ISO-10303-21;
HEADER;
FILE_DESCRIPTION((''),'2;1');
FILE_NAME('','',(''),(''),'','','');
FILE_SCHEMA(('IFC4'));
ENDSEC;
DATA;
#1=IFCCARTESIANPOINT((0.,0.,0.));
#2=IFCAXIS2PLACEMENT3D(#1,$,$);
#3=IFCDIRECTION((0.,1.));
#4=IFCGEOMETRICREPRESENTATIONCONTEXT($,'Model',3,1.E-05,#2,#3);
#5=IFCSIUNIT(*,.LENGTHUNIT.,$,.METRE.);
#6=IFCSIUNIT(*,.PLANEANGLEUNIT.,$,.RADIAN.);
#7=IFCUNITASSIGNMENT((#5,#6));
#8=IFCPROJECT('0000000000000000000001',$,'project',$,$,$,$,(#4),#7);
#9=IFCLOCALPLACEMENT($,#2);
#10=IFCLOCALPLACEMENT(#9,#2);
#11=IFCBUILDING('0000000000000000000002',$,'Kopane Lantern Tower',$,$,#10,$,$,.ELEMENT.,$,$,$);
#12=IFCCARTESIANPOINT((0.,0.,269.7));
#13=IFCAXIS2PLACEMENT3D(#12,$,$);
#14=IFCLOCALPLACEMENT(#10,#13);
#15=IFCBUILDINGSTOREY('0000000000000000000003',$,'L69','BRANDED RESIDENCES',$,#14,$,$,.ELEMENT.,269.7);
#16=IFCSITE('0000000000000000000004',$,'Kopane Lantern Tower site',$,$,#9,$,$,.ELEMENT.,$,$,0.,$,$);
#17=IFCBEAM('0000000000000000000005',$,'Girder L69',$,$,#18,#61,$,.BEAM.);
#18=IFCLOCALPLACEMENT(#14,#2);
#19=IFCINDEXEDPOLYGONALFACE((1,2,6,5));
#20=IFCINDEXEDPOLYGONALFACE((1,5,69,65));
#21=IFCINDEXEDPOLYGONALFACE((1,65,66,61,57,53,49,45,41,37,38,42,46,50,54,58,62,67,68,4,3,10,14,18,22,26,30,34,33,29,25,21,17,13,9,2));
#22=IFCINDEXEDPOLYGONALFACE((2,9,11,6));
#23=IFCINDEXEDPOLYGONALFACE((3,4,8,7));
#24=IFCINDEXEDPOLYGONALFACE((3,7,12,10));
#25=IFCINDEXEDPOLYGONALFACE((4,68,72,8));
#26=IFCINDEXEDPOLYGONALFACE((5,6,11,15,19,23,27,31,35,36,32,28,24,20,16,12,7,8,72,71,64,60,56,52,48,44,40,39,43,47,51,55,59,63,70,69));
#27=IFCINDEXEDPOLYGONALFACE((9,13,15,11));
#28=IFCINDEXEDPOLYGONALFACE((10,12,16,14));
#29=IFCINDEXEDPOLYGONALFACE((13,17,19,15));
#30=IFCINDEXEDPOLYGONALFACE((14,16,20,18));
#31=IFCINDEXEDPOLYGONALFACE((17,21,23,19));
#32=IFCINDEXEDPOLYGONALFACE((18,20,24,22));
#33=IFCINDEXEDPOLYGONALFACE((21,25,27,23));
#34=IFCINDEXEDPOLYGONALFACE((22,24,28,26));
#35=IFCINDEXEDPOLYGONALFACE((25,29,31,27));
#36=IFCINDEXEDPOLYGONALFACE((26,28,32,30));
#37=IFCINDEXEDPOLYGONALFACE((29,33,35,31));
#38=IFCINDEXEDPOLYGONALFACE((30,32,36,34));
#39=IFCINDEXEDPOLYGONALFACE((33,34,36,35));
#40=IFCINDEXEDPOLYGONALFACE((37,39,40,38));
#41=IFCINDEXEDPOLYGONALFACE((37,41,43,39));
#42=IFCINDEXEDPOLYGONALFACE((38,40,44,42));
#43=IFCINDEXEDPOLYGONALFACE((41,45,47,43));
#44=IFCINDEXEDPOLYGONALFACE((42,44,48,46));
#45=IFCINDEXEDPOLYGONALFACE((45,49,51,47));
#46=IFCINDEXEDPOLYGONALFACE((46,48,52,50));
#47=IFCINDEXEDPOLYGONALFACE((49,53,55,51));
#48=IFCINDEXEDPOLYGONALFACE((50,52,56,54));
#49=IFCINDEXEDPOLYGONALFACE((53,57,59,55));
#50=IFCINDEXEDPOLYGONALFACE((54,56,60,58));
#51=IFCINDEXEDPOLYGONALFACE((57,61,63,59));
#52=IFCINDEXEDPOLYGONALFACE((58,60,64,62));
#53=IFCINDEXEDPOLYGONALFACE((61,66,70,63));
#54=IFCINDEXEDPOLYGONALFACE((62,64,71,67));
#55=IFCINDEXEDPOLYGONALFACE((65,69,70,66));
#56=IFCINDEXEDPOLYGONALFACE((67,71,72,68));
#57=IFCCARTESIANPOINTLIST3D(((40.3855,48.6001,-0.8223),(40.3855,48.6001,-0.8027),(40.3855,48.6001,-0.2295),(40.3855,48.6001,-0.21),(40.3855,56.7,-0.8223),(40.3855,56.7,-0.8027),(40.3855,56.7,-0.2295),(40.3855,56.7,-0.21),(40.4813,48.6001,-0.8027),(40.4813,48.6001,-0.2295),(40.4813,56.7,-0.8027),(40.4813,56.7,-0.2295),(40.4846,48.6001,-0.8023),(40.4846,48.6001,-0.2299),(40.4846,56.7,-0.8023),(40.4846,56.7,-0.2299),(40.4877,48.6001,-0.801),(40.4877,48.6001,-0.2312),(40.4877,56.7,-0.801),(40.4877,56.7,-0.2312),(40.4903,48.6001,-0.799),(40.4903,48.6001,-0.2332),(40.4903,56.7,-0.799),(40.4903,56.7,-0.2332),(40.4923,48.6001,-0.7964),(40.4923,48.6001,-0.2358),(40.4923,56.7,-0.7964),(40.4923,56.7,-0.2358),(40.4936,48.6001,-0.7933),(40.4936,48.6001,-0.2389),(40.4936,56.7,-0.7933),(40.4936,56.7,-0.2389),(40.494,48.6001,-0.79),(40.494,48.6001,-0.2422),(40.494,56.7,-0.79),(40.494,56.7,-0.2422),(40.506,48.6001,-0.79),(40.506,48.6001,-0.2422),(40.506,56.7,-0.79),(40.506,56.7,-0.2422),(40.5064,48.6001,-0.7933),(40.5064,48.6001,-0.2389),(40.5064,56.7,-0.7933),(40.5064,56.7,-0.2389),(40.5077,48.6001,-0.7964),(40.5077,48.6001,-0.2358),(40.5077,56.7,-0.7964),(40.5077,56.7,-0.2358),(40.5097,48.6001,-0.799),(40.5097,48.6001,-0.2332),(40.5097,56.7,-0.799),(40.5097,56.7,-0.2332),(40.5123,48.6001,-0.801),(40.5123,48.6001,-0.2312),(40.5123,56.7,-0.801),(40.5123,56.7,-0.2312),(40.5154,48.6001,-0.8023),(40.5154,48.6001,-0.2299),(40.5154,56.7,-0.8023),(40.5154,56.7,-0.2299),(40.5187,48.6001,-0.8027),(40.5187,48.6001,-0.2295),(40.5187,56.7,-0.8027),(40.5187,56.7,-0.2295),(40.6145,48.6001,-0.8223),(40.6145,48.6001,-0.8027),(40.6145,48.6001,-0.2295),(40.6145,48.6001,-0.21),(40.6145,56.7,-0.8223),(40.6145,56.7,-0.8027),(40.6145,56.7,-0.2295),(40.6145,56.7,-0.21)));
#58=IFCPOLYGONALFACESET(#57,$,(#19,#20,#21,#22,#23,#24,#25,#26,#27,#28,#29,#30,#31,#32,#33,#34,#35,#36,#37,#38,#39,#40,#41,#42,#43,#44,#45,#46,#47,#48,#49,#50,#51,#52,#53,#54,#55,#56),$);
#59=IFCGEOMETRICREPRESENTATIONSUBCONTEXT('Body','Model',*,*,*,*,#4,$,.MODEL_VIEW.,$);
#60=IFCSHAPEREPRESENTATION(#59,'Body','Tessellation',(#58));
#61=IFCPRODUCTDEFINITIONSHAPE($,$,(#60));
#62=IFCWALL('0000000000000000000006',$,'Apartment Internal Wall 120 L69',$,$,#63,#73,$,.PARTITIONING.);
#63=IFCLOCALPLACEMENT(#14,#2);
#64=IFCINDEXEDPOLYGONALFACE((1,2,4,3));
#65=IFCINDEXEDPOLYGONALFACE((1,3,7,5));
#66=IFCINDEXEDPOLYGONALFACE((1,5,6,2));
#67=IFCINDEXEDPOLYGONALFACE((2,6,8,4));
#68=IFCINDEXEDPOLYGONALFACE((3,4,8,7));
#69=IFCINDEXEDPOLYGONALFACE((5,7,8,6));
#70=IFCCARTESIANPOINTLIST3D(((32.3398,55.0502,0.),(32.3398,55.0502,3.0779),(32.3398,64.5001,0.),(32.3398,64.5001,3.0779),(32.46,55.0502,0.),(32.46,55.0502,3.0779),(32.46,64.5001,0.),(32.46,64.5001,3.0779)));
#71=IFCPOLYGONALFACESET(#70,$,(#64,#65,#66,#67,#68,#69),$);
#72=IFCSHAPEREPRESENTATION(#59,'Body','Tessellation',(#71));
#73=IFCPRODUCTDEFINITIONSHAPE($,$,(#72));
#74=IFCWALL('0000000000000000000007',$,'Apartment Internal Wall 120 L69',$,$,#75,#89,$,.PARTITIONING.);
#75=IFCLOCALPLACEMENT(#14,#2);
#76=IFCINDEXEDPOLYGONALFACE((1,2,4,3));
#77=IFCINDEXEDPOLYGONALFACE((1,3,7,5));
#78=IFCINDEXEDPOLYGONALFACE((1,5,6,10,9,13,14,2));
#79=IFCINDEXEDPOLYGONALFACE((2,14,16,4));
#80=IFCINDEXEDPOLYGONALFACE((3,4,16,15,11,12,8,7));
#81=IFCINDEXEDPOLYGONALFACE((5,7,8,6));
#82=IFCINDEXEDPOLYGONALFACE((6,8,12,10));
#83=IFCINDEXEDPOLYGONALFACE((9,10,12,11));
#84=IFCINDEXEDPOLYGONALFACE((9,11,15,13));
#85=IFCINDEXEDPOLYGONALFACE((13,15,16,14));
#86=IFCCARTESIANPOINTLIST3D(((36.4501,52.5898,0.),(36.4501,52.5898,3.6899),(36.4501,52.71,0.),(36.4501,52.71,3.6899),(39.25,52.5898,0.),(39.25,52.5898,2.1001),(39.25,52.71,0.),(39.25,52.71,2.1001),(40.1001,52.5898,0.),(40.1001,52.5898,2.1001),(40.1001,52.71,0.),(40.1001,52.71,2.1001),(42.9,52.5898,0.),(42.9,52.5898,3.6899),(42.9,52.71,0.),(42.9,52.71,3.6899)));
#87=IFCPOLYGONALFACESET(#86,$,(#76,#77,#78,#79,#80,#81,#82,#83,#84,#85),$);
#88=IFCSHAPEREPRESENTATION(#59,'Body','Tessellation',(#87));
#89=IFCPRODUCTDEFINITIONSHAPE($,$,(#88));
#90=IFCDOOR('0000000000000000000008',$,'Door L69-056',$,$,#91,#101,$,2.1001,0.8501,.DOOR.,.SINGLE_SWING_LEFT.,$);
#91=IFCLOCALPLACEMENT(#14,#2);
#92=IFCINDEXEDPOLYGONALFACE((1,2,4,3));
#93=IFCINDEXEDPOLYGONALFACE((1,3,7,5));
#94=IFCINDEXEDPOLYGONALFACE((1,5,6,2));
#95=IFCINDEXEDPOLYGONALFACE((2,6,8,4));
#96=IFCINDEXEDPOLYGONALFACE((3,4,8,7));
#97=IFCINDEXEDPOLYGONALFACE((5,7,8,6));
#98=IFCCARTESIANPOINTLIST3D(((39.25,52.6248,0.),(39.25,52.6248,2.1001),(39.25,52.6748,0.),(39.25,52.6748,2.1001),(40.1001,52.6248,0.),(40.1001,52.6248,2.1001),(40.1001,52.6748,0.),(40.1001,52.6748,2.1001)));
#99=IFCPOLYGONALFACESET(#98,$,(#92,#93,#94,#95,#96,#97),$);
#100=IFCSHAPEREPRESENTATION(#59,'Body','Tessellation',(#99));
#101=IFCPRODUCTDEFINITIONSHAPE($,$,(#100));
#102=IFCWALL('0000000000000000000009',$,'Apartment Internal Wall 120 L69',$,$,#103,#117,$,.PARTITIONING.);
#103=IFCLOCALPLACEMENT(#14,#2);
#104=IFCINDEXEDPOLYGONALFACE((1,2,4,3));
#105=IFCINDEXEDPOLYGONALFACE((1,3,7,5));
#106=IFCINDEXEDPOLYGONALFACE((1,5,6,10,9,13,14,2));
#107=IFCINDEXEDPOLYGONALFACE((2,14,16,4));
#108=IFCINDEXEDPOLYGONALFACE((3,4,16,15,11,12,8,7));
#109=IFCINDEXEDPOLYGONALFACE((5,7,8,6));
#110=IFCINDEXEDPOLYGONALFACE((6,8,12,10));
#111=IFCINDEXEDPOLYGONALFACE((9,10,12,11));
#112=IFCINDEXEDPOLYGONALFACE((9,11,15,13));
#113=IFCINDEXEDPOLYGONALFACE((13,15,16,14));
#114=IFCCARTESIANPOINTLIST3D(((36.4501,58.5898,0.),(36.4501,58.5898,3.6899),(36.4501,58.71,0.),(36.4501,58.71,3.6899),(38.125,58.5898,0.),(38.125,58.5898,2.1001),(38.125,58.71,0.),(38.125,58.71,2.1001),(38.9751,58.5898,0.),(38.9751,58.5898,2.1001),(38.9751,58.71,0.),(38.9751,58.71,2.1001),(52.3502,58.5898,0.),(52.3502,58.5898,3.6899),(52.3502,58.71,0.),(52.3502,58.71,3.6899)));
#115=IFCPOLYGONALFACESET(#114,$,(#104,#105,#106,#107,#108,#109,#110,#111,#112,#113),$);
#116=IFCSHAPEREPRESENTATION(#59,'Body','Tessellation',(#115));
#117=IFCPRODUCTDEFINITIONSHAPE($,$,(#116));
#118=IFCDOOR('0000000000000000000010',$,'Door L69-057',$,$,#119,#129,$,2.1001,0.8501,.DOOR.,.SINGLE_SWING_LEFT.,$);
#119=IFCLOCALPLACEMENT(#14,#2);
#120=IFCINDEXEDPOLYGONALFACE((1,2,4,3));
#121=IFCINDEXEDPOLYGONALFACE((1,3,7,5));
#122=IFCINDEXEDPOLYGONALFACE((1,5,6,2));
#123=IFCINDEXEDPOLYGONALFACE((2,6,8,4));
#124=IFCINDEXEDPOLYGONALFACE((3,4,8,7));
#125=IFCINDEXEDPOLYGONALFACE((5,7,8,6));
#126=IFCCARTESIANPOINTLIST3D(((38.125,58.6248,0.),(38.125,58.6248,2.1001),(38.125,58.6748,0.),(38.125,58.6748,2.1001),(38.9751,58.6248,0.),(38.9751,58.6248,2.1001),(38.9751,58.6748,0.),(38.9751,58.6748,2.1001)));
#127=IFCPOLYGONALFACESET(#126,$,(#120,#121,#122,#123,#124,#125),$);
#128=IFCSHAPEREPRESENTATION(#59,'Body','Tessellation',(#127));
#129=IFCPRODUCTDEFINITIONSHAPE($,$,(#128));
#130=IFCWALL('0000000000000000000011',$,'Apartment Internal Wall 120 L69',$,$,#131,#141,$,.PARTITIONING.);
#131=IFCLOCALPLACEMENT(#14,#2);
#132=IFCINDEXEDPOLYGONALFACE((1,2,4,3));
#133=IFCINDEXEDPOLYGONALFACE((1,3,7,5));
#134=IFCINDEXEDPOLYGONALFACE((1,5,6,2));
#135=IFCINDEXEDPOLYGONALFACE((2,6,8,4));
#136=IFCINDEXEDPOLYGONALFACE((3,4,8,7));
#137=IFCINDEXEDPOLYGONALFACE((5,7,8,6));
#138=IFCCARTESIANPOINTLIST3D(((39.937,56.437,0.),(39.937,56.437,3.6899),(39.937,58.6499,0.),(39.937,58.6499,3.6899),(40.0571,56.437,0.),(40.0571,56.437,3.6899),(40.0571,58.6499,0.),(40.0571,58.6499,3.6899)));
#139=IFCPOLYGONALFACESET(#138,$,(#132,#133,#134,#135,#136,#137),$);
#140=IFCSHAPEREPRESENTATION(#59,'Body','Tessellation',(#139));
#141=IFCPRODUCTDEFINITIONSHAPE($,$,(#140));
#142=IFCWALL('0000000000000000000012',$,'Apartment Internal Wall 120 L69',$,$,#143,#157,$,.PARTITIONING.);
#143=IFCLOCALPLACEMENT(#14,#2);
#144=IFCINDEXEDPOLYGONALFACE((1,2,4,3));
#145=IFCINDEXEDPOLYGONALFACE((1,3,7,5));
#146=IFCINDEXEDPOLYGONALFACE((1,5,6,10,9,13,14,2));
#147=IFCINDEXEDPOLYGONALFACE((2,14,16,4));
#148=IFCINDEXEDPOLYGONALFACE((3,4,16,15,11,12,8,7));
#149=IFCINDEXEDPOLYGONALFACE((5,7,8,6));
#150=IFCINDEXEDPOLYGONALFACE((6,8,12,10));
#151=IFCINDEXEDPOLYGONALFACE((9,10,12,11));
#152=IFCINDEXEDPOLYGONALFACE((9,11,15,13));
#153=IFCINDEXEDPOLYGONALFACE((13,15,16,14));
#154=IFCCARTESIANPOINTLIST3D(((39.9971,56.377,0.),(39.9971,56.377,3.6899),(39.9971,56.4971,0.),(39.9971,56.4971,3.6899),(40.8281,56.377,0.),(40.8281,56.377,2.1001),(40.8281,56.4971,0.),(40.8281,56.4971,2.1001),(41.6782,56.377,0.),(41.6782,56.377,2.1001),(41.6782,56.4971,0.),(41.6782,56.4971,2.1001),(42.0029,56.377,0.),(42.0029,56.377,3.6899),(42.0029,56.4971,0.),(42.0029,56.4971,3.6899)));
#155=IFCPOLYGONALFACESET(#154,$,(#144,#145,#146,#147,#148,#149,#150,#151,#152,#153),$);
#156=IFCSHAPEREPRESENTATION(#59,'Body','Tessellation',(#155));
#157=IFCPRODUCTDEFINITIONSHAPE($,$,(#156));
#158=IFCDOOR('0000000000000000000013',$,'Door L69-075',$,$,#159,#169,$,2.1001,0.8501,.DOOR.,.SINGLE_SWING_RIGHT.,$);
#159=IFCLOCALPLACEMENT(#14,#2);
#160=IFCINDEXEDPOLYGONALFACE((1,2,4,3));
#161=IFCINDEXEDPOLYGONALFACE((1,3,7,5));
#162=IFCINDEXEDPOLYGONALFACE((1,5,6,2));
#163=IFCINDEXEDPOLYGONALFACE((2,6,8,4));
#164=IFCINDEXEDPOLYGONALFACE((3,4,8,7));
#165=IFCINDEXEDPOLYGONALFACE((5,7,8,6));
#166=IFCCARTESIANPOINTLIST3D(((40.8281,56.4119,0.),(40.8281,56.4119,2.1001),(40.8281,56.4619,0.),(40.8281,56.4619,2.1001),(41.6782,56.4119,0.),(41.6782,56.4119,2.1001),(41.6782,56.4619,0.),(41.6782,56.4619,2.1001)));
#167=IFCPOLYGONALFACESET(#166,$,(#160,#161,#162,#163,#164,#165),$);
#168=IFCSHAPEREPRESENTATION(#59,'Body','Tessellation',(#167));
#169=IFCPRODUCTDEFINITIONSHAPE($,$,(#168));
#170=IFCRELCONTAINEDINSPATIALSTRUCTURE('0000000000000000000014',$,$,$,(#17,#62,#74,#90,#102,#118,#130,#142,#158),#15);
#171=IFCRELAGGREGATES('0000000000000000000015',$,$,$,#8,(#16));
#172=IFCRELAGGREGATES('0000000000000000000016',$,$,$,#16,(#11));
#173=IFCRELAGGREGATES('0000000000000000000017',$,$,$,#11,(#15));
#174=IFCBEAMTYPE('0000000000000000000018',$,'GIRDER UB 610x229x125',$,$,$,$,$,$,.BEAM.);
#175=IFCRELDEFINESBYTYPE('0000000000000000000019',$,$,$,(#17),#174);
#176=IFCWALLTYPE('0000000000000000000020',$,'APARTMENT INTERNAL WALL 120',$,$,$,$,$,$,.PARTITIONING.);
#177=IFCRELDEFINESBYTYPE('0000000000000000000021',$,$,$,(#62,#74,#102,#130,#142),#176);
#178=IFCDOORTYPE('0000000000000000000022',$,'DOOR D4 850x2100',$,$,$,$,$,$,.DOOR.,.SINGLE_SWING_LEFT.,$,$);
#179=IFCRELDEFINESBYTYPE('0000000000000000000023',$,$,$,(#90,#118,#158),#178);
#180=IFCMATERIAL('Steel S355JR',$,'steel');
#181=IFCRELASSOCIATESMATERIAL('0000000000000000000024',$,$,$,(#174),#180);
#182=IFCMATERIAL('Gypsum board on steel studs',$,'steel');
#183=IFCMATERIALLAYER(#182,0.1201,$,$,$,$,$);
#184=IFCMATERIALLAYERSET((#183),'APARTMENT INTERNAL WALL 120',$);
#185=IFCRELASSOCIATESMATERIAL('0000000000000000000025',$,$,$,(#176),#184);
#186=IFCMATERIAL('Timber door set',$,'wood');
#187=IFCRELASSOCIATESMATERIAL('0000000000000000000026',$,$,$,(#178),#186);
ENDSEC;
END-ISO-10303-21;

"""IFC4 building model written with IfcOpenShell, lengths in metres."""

from ifc_helpers import new_model, si_unit, direction, frame, frame_2d, origin, origin_2d, place, context, subcontext, project, spatial, rectangle, i_section, extrude, material, layer, layer_set, material_profile, profile_set, type_object, element, fill, save


model = new_model("IFC4")

# Units and contexts
model_context = context("Model", 3, precision=1e-05, world=origin(), true_north=direction((0.0, 1.0)))
body_context = subcontext(model_context, "Body", "Model", "MODEL_VIEW")
ifc_project = project(units=[si_unit("LENGTHUNIT", "METRE"), si_unit("PLANEANGLEUNIT", "RADIAN")], contexts=[model_context])

# Site, building, storey
site_placement = place(None, origin())
site = spatial("IfcSite", under=ifc_project, at=site_placement, Name="Kopane Lantern Tower site", CompositionType="ELEMENT", RefElevation=0.0)
building_placement = place(site_placement, origin())
building = spatial("IfcBuilding", under=site, at=building_placement, Name="Kopane Lantern Tower", CompositionType="ELEMENT")
storey_placement = place(building_placement, frame((0.0, 0.0, 269.7)))
storey = spatial("IfcBuildingStorey", under=building, at=storey_placement, Name="L69", Description="BRANDED RESIDENCES", CompositionType="ELEMENT", Elevation=269.7)

# Beam
ifc_material_1 = material(Name="Steel S355JR", Category="steel")
ifc_material_profile_1 = material_profile(ifc_material_1, i_section(OverallWidth=0.229, OverallDepth=0.6123, WebThickness=0.012, FlangeThickness=0.0195, FilletRadius=0.0127, at=origin_2d()), Name="UB 610x229x125")
ifc_profile_set_1 = profile_set([ifc_material_profile_1], Name="Steel S355JR")
beam_type = type_object("IfcBeamType", Name="GIRDER UB 610x229x125", PredefinedType="BEAM", material=ifc_profile_set_1)
beam_1_placement = place(storey_placement, frame((40.5, 48.6001, -0.5161), z_axis=(0.0, 1.0, 0.0), x_axis=(-1.0, 0.0, 0.0)))
element("IfcBeam", 1, at=beam_1_placement, inside=storey, type_object=beam_type, Name="Girder L69", PredefinedType="BEAM", context=body_context, shape_type="SweptSolid", body=[
    extrude(i_section(OverallWidth=0.229, OverallDepth=0.6123, WebThickness=0.012, FlangeThickness=0.0195, FilletRadius=0.0127, at=origin_2d()), origin(), (0.0, 0.0, 1.0), 8.0999),
])

# Wall
ifc_material_2 = material(Name="Gypsum board on steel studs", Category="steel")
ifc_layer_1 = layer(ifc_material_2, 0.1201)
ifc_layer_set_1 = layer_set([ifc_layer_1], Name="APARTMENT INTERNAL WALL 120")
wall_type_1 = type_object("IfcWallType", Name="APARTMENT INTERNAL WALL 120", PredefinedType="PARTITIONING", material=ifc_layer_set_1)
wall_1_placement = place(storey_placement, frame((32.3999, 55.05, 0.0), z_axis=(0.0, 0.0, 1.0), x_axis=(0.0, 1.0, 0.0)))
element("IfcWall", 2, at=wall_1_placement, inside=storey, type_object=wall_type_1, Name="Apartment Internal Wall 120 L69", PredefinedType="PARTITIONING", context=body_context, shape_type="SweptSolid", body=[
    extrude(rectangle(XDim=9.45, YDim=0.1201, at=frame_2d((4.7251, 0.0))), origin(), (0.0, 0.0, 1.0), 3.0779),
])

# Walls, openings, doors
wall_2_placement = place(storey_placement, frame((36.45, 52.6499, 0.0), z_axis=(0.0, 0.0, 1.0), x_axis=(1.0, 0.0, 0.0)))
wall_2 = element("IfcWall", 3, at=wall_2_placement, inside=storey, type_object=wall_type_1, Name="Apartment Internal Wall 120 L69", PredefinedType="PARTITIONING", context=body_context, shape_type="SweptSolid", body=[
    extrude(rectangle(XDim=6.45, YDim=0.1201, at=frame_2d((3.2251, 0.0))), origin(), (0.0, 0.0, 1.0), 3.6899),
])
opening_1_placement = place(wall_2_placement, frame((2.8, 0.0, 0.0)))
opening_1 = element("IfcOpeningElement", 4, at=opening_1_placement, cuts=wall_2, PredefinedType="OPENING", context=body_context, shape_type="SweptSolid", body=[
    extrude(rectangle(XDim=0.8501, YDim=2.1001, at=frame_2d((0.425, 1.05))), frame((0.0, 0.0701, 0.0), z_axis=(0.0, -1.0, 0.0), x_axis=(1.0, 0.0, 0.0)), (0.0, 0.0, 1.0), 0.1401),
])
ifc_material_3 = material(Name="Timber door set", Category="wood")
door_type_1 = type_object("IfcDoorType", Name="DOOR D4 850x2100", OperationType="SINGLE_SWING_LEFT", PredefinedType="DOOR", material=ifc_material_3)
door_1_placement = place(opening_1_placement, origin())
door_1 = element("IfcDoor", 5, at=door_1_placement, inside=storey, type_object=door_type_1, Name="Door L69-056", OperationType="SINGLE_SWING_LEFT", OverallHeight=2.1001, OverallWidth=0.8501, PredefinedType="DOOR", context=body_context, shape_type="SweptSolid", body=[
    extrude(rectangle(XDim=0.8501, YDim=2.1001, at=frame_2d((0.425, 1.05))), frame((0.0, 0.0249, 0.0), z_axis=(0.0, -1.0, 0.0), x_axis=(1.0, 0.0, 0.0)), (0.0, 0.0, 1.0), 0.05),
])
fill(opening_1, door_1)
wall_3_placement = place(storey_placement, frame((36.45, 58.6499, 0.0), z_axis=(0.0, 0.0, 1.0), x_axis=(1.0, 0.0, 0.0)))
wall_3 = element("IfcWall", 6, at=wall_3_placement, inside=storey, type_object=wall_type_1, Name="Apartment Internal Wall 120 L69", PredefinedType="PARTITIONING", context=body_context, shape_type="SweptSolid", body=[
    extrude(rectangle(XDim=15.9001, YDim=0.1201, at=frame_2d((7.9502, 0.0))), origin(), (0.0, 0.0, 1.0), 3.6899),
])
opening_2_placement = place(wall_3_placement, frame((1.675, 0.0, 0.0)))
opening_2 = element("IfcOpeningElement", 7, at=opening_2_placement, cuts=wall_3, PredefinedType="OPENING", context=body_context, shape_type="SweptSolid", body=[
    extrude(rectangle(XDim=0.8501, YDim=2.1001, at=frame_2d((0.425, 1.05))), frame((0.0, 0.0701, 0.0), z_axis=(0.0, -1.0, 0.0), x_axis=(1.0, 0.0, 0.0)), (0.0, 0.0, 1.0), 0.1401),
])
door_2_placement = place(opening_2_placement, origin())
door_2 = element("IfcDoor", 8, at=door_2_placement, inside=storey, type_object=door_type_1, Name="Door L69-057", OperationType="SINGLE_SWING_LEFT", OverallHeight=2.1001, OverallWidth=0.8501, PredefinedType="DOOR", context=body_context, shape_type="SweptSolid", body=[
    extrude(rectangle(XDim=0.8501, YDim=2.1001, at=frame_2d((0.425, 1.05))), frame((0.0, 0.0249, 0.0), z_axis=(0.0, -1.0, 0.0), x_axis=(1.0, 0.0, 0.0)), (0.0, 0.0, 1.0), 0.05),
])
fill(opening_2, door_2)

# Wall
wall_4_placement = place(storey_placement, frame((39.9971, 58.6499, 0.0), z_axis=(0.0, 0.0, 1.0), x_axis=(0.0, -1.0, 0.0)))
element("IfcWall", 9, at=wall_4_placement, inside=storey, type_object=wall_type_1, Name="Apartment Internal Wall 120 L69", PredefinedType="PARTITIONING", context=body_context, shape_type="SweptSolid", body=[
    extrude(rectangle(XDim=2.2129, YDim=0.1201, at=frame_2d((1.1064, 0.0))), origin(), (0.0, 0.0, 1.0), 3.6899),
])

# Wall, opening, door
wall_5_placement = place(storey_placement, frame((39.9971, 56.437, 0.0), z_axis=(0.0, 0.0, 1.0), x_axis=(1.0, 0.0, 0.0)))
wall_5 = element("IfcWall", 10, at=wall_5_placement, inside=storey, type_object=wall_type_1, Name="Apartment Internal Wall 120 L69", PredefinedType="PARTITIONING", context=body_context, shape_type="SweptSolid", body=[
    extrude(rectangle(XDim=2.0059, YDim=0.1201, at=frame_2d((1.0029, 0.0))), origin(), (0.0, 0.0, 1.0), 3.6899),
])
opening_3_placement = place(wall_5_placement, frame((0.8311, 0.0, 0.0)))
opening_3 = element("IfcOpeningElement", 11, at=opening_3_placement, cuts=wall_5, PredefinedType="OPENING", context=body_context, shape_type="SweptSolid", body=[
    extrude(rectangle(XDim=0.8501, YDim=2.1001, at=frame_2d((0.425, 1.05))), frame((0.0, 0.0701, 0.0), z_axis=(0.0, -1.0, 0.0), x_axis=(1.0, 0.0, 0.0)), (0.0, 0.0, 1.0), 0.1401),
])
door_3_placement = place(opening_3_placement, origin())
door_3 = element("IfcDoor", 12, at=door_3_placement, inside=storey, type_object=door_type_1, Name="Door L69-075", OperationType="SINGLE_SWING_RIGHT", OverallHeight=2.1001, OverallWidth=0.8501, PredefinedType="DOOR", context=body_context, shape_type="SweptSolid", body=[
    extrude(rectangle(XDim=0.8501, YDim=2.1001, at=frame_2d((0.425, 1.05))), frame((0.0, 0.0249, 0.0), z_axis=(0.0, -1.0, 0.0), x_axis=(1.0, 0.0, 0.0)), (0.0, 0.0, 1.0), 0.05),
])
fill(opening_3, door_3)

save(model, "model.ifc")
